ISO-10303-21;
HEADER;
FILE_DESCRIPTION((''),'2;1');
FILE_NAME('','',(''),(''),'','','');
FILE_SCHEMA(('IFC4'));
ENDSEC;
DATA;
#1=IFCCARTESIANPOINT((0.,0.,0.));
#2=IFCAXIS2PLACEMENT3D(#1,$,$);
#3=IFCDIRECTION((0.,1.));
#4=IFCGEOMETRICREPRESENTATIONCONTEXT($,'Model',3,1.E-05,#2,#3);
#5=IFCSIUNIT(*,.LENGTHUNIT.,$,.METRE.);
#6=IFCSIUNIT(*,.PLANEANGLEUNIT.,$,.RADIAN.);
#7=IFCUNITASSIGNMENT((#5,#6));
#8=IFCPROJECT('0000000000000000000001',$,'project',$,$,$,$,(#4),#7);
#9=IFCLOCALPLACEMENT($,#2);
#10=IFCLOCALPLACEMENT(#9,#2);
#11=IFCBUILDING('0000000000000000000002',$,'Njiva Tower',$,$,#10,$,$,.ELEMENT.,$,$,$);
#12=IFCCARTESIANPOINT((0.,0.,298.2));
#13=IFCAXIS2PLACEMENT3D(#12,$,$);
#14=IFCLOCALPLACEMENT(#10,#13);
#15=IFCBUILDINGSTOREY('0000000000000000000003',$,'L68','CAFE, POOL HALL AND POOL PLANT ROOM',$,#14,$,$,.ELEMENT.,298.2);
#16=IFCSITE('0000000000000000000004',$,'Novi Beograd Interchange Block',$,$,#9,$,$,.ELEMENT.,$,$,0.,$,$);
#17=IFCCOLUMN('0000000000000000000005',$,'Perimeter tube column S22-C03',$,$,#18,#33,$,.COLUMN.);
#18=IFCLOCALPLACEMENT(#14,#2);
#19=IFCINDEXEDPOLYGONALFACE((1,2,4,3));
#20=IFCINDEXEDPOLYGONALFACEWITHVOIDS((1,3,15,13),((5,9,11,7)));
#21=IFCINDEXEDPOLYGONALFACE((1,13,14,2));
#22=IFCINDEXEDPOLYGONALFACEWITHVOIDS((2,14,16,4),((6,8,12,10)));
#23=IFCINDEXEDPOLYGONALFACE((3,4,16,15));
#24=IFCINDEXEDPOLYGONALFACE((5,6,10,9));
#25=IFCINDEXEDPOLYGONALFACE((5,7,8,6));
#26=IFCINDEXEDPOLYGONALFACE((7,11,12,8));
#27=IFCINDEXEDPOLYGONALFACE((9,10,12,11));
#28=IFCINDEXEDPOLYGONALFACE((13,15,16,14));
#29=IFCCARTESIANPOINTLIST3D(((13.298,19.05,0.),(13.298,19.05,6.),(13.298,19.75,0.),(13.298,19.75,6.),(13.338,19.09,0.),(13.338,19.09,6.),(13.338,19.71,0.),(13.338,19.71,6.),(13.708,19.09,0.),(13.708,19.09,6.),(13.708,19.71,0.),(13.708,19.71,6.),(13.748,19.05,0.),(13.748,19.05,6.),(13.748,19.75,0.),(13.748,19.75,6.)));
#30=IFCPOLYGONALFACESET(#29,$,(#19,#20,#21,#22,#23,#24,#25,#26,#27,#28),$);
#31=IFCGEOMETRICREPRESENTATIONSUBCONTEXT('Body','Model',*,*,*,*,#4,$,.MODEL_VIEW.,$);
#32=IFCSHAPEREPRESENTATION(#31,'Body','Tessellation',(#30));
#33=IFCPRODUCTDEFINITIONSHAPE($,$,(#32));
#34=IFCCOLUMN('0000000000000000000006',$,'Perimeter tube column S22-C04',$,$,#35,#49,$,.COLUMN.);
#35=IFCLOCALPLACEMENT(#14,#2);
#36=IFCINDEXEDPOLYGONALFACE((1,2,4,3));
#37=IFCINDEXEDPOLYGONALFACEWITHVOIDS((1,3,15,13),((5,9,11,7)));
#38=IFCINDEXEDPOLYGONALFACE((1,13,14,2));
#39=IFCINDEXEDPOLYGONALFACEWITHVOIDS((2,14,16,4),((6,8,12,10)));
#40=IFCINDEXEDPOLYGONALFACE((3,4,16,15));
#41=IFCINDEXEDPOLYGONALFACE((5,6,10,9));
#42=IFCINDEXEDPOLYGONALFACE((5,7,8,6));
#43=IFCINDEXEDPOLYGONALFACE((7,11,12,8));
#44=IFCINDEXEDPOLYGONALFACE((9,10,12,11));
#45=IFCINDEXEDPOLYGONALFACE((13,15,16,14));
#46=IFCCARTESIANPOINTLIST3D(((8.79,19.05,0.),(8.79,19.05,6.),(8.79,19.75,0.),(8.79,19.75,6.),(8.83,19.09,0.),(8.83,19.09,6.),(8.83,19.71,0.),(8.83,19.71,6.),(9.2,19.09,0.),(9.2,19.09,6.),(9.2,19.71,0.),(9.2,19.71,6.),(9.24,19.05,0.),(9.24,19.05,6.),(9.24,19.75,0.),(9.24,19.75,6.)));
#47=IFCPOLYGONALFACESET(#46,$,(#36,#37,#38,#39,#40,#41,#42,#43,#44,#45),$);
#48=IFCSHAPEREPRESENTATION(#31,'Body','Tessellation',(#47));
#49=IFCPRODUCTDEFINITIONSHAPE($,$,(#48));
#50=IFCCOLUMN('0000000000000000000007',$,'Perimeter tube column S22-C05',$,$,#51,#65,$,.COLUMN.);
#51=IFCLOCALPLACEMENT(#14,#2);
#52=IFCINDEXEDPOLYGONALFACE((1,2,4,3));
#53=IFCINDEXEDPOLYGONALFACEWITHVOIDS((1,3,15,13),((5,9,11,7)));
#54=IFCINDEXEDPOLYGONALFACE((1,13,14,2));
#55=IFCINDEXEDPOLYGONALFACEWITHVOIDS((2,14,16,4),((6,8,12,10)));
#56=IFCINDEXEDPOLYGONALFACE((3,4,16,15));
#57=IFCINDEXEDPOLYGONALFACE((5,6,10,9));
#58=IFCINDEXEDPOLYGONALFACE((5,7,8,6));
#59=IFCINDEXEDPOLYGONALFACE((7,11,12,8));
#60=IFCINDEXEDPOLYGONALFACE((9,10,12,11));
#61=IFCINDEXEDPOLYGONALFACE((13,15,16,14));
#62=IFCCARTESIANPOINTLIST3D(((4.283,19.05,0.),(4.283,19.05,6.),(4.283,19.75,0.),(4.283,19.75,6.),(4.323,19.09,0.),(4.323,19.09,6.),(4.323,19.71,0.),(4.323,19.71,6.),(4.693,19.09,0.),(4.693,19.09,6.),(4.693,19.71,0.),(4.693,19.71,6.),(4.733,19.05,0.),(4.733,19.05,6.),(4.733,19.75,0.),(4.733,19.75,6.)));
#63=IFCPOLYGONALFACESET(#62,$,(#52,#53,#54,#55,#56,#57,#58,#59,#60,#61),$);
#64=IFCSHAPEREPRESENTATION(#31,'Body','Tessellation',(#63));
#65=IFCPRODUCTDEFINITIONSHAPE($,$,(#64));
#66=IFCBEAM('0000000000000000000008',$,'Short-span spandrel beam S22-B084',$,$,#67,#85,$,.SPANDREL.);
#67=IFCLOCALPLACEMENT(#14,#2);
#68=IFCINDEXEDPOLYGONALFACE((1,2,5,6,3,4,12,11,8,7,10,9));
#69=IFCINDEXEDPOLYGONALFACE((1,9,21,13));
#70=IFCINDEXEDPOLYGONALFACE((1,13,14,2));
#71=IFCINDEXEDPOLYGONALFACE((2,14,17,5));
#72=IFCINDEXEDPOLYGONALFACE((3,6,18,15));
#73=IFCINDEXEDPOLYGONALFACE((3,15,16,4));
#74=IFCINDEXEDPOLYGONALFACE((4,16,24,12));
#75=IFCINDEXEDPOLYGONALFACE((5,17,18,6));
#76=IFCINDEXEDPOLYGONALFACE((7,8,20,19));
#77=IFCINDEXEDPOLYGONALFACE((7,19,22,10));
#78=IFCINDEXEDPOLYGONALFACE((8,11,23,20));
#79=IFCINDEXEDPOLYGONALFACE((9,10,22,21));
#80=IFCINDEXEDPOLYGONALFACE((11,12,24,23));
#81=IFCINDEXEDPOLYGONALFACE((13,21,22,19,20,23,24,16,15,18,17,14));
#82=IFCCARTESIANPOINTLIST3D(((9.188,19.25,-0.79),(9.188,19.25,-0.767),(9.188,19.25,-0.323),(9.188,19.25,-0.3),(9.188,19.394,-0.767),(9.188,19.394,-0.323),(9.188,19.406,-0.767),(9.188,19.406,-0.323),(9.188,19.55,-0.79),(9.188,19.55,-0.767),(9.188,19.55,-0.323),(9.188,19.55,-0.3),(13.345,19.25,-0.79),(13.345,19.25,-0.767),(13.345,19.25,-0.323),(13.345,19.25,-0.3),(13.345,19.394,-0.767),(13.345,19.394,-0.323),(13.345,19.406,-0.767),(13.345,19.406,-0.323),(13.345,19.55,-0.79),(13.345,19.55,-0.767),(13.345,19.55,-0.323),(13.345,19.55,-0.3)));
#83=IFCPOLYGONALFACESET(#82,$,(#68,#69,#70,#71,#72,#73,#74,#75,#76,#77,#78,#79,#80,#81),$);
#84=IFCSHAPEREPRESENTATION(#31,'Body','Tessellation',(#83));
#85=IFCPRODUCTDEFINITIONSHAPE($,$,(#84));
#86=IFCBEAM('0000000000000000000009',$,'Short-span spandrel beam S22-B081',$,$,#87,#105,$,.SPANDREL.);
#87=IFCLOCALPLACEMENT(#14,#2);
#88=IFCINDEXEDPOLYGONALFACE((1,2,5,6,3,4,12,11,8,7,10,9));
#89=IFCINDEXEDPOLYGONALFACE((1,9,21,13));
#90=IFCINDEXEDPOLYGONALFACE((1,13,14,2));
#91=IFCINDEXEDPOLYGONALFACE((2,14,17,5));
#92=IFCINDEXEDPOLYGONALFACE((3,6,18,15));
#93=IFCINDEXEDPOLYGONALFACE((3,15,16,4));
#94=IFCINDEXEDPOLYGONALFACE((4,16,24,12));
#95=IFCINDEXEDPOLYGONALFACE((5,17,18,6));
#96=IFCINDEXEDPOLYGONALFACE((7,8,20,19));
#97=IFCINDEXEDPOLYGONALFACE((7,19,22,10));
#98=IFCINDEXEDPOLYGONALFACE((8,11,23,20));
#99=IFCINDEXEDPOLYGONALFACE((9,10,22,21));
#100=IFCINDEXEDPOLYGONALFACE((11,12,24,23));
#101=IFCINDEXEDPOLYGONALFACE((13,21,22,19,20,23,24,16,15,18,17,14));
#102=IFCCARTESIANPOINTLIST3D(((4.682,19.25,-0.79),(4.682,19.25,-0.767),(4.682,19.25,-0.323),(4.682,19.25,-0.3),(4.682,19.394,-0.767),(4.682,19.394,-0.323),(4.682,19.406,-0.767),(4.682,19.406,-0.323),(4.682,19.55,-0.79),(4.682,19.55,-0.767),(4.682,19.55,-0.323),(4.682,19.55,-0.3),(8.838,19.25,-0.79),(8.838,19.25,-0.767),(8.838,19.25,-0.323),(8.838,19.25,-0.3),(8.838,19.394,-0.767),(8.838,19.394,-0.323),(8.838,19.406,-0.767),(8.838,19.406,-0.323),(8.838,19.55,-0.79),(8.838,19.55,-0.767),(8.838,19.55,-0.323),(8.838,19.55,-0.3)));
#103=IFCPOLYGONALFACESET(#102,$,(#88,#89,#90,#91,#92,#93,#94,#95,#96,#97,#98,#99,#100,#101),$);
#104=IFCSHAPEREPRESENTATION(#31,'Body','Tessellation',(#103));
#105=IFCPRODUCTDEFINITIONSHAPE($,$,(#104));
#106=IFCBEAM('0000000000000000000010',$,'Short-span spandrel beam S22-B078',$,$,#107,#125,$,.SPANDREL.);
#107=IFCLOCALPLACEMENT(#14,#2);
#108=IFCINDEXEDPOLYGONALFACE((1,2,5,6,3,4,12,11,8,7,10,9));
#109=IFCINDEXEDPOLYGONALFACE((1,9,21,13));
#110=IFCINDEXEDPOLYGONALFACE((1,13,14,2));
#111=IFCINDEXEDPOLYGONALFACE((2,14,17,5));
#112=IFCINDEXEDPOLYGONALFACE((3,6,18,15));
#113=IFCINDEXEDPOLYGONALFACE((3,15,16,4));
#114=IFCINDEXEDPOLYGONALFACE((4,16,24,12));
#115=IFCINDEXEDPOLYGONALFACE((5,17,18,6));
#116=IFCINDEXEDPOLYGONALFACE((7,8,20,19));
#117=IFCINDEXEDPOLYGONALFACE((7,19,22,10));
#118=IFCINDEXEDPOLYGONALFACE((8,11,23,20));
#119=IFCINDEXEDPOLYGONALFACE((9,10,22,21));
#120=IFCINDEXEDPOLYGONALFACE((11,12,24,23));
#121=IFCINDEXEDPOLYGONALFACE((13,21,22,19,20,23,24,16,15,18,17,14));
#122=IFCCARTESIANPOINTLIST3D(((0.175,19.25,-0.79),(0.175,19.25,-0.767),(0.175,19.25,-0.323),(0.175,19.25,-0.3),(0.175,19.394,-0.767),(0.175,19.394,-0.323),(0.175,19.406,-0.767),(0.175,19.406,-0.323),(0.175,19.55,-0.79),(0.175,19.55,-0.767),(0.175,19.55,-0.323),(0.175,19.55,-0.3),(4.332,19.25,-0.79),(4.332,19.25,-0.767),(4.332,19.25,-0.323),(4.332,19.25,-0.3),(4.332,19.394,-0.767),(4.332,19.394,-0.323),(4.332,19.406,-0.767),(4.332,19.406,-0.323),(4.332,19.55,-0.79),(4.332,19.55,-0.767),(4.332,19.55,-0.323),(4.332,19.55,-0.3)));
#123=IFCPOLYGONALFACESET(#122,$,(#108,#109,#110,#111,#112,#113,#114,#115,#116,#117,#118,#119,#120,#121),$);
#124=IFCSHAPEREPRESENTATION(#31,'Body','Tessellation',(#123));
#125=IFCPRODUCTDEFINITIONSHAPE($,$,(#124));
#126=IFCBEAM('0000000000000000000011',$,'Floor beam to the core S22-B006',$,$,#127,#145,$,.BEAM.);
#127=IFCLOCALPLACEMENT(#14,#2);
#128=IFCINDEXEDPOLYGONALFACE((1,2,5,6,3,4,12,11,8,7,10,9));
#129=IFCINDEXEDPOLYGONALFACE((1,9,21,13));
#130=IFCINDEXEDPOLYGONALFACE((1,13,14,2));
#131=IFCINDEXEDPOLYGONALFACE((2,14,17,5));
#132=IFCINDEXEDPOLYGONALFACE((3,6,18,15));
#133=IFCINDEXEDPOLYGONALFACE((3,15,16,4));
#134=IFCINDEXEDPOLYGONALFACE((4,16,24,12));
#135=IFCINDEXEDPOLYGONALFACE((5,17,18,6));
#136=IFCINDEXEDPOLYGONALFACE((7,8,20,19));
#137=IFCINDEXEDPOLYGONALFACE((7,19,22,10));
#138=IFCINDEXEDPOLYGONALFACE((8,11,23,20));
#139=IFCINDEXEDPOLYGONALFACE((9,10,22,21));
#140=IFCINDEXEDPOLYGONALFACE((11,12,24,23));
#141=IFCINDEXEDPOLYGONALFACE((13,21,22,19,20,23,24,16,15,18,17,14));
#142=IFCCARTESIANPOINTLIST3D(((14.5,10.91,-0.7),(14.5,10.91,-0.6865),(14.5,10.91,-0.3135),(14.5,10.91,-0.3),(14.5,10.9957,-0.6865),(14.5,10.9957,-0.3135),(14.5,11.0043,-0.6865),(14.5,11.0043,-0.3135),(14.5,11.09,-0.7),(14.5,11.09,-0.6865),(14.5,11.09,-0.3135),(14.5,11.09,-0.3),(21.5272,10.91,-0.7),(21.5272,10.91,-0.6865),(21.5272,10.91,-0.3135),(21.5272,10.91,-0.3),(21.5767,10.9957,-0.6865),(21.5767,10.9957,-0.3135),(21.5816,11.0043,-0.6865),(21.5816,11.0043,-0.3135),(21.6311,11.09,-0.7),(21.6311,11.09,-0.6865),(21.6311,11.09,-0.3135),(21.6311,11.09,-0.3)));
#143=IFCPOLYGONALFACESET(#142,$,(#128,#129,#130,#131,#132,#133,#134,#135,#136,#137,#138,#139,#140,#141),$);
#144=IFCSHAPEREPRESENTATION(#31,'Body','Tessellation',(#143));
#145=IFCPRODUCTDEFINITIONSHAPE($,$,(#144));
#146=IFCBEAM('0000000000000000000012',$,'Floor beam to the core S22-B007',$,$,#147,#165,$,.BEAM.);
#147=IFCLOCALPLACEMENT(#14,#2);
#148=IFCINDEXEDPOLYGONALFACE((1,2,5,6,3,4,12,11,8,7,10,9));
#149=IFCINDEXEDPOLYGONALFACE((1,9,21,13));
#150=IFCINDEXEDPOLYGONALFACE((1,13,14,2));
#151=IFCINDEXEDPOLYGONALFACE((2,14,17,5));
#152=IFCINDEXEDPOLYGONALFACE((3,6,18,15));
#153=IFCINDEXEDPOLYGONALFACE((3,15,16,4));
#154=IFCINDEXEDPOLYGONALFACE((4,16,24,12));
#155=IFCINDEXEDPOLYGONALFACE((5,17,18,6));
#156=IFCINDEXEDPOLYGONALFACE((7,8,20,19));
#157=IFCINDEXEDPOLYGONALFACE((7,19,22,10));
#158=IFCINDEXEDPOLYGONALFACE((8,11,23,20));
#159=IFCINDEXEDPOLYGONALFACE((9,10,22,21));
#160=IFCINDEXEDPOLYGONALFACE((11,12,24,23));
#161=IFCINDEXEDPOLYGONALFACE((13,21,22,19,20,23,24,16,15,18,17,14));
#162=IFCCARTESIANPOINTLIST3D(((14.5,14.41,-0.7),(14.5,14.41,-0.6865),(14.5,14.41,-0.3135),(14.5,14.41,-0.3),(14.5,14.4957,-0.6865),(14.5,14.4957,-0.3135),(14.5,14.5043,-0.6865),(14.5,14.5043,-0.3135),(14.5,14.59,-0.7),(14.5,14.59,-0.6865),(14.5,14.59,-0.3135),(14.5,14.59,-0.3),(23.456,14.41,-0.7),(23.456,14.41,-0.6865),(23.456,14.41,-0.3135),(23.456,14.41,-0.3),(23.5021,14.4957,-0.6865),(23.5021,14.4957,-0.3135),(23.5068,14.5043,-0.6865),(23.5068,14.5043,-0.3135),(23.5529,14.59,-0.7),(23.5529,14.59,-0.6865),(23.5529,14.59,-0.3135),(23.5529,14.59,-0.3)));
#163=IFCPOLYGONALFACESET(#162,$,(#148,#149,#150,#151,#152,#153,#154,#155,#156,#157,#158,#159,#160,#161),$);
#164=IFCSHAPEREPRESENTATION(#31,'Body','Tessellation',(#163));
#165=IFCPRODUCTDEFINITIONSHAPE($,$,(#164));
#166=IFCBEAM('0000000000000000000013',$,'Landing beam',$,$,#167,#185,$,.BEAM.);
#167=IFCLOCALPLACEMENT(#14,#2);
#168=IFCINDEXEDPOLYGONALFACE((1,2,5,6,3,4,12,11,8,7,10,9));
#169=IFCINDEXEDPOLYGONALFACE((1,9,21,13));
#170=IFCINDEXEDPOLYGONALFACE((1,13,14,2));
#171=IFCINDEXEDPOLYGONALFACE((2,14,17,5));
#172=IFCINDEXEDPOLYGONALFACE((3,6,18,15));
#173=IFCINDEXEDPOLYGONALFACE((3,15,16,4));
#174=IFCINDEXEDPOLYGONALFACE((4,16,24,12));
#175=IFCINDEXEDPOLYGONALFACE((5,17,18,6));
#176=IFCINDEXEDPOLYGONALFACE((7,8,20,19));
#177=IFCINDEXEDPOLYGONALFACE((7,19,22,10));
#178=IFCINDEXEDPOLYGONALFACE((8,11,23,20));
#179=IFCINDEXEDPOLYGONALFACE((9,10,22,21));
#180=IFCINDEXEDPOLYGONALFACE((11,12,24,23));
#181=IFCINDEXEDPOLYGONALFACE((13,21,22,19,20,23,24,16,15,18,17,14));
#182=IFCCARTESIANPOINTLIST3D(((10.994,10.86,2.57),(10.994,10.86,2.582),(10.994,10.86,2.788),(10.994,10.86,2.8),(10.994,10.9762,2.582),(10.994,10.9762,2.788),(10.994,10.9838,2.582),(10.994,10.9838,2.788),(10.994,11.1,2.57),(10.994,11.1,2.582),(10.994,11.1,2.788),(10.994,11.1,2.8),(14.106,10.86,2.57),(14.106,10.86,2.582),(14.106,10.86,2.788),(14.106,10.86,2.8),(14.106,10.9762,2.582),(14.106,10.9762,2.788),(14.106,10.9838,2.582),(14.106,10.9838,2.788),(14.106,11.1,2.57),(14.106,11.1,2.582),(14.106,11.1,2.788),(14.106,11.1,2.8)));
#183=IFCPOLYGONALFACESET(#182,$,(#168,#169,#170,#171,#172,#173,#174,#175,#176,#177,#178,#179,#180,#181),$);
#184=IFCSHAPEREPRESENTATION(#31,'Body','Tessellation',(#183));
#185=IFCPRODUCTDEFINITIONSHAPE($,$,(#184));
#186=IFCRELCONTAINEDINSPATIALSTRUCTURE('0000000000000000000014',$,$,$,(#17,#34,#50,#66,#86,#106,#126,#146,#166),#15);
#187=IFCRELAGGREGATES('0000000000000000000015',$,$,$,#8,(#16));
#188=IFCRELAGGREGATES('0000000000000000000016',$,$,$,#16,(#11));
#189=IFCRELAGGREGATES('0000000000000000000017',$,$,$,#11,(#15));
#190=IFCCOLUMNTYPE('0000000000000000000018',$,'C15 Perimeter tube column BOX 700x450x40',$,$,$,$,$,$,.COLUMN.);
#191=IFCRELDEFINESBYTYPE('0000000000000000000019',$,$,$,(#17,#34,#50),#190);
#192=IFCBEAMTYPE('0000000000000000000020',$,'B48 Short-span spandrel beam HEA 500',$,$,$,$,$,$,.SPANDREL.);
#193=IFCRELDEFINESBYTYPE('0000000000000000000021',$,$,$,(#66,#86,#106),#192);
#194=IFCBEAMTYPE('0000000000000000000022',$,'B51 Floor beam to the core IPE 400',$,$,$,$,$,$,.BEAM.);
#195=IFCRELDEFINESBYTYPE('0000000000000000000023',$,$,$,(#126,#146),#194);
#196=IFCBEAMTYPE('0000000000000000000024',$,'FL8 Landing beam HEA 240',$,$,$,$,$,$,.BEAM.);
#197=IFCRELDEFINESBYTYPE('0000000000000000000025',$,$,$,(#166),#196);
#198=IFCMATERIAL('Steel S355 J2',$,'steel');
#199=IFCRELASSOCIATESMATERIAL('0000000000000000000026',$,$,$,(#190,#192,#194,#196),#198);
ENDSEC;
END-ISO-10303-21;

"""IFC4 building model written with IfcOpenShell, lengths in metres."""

from ifc_helpers import new_model, si_unit, direction, frame, origin, origin_2d, place, context, subcontext, project, spatial, hollow_rectangle, i_section, extrude, clip, halfspace, material, material_profile, profile_set, type_object, element, save


model = new_model("IFC4")

# Units and contexts
model_context = context("Model", 3, precision=1e-05, world=origin(), true_north=direction((0.0, 1.0)))
body_context = subcontext(model_context, "Body", "Model", "MODEL_VIEW")
ifc_project = project(units=[si_unit("LENGTHUNIT", "METRE"), si_unit("PLANEANGLEUNIT", "RADIAN")], contexts=[model_context])

# Site, building, storey
site_placement = place(None, origin())
site = spatial("IfcSite", under=ifc_project, at=site_placement, Name="Novi Beograd Interchange Block", CompositionType="ELEMENT", RefElevation=0.0)
building_placement = place(site_placement, origin())
building = spatial("IfcBuilding", under=site, at=building_placement, Name="Njiva Tower", CompositionType="ELEMENT")
storey_placement = place(building_placement, frame((0.0, 0.0, 298.2)))
storey = spatial("IfcBuildingStorey", under=building, at=storey_placement, Name="L68", Description="CAFE, POOL HALL AND POOL PLANT ROOM", CompositionType="ELEMENT", Elevation=298.2)

# Columns
ifc_material_1 = material(Name="Steel S355 J2", Category="steel")
ifc_material_profile_1 = material_profile(ifc_material_1, hollow_rectangle(XDim=0.45, YDim=0.7, WallThickness=0.04, at=origin_2d()), Name="BOX 700x450x40")
ifc_profile_set_1 = profile_set([ifc_material_profile_1], Name="Steel S355 J2")
column_type = type_object("IfcColumnType", Name="C15 Perimeter tube column BOX 700x450x40", PredefinedType="COLUMN", material=ifc_profile_set_1)
for number, where, z_axis, x_axis, name in (
    (1, (13.523, 19.4, 0.0), (0.0, 0.0, 1.0), (-1.0, 0.0, 0.0), "Perimeter tube column S22-C03"),
    (2, (9.015, 19.4, 0.0), (0.0, 0.0, 1.0), (-1.0, 0.0, 0.0), "Perimeter tube column S22-C04"),
    (3, (4.508, 19.4, 0.0), (0.0, 0.0, 1.0), (-1.0, 0.0, 0.0), "Perimeter tube column S22-C05"),
):
    element("IfcColumn", number, at=place(storey_placement, frame(where, z_axis=z_axis, x_axis=x_axis)), inside=storey, type_object=column_type, Name=name, PredefinedType="COLUMN", context=body_context, shape_type="SweptSolid", body=[
        extrude(hollow_rectangle(XDim=0.45, YDim=0.7, WallThickness=0.04, at=origin_2d()), origin(), (0.0, 0.0, 1.0), 6.0),
    ])

# Beams
ifc_material_profile_2 = material_profile(ifc_material_1, i_section(OverallWidth=0.3, OverallDepth=0.49, WebThickness=0.012, FlangeThickness=0.023, at=origin_2d()), Name="HEA 500")
ifc_profile_set_2 = profile_set([ifc_material_profile_2], Name="Steel S355 J2")
beam_type_1 = type_object("IfcBeamType", Name="B48 Short-span spandrel beam HEA 500", PredefinedType="SPANDREL", material=ifc_profile_set_2)
beam_1_placement = place(storey_placement, frame((13.345, 19.4, -0.545), z_axis=(-1.0, 0.0, 0.0), x_axis=(0.0, -1.0, 0.0)))
element("IfcBeam", 4, at=beam_1_placement, inside=storey, type_object=beam_type_1, Name="Short-span spandrel beam S22-B084", PredefinedType="SPANDREL", context=body_context, shape_type="SweptSolid", body=[
    extrude(i_section(OverallWidth=0.3, OverallDepth=0.49, WebThickness=0.012, FlangeThickness=0.023, at=origin_2d()), origin(), (0.0, 0.0, 1.0), 4.157),
])
beam_2_placement = place(storey_placement, frame((8.838, 19.4, -0.545), z_axis=(-1.0, 0.0, 0.0), x_axis=(0.0, -1.0, 0.0)))
element("IfcBeam", 5, at=beam_2_placement, inside=storey, type_object=beam_type_1, Name="Short-span spandrel beam S22-B081", PredefinedType="SPANDREL", context=body_context, shape_type="SweptSolid", body=[
    extrude(i_section(OverallWidth=0.3, OverallDepth=0.49, WebThickness=0.012, FlangeThickness=0.023, at=origin_2d()), origin(), (0.0, 0.0, 1.0), 4.156),
])
beam_3_placement = place(storey_placement, frame((4.332, 19.4, -0.545), z_axis=(-1.0, 0.0, 0.0), x_axis=(0.0, -1.0, 0.0)))
element("IfcBeam", 6, at=beam_3_placement, inside=storey, type_object=beam_type_1, Name="Short-span spandrel beam S22-B078", PredefinedType="SPANDREL", context=body_context, shape_type="SweptSolid", body=[
    extrude(i_section(OverallWidth=0.3, OverallDepth=0.49, WebThickness=0.012, FlangeThickness=0.023, at=origin_2d()), origin(), (0.0, 0.0, 1.0), 4.157),
])
ifc_material_profile_3 = material_profile(ifc_material_1, i_section(OverallWidth=0.18, OverallDepth=0.4, WebThickness=0.0086, FlangeThickness=0.0135, at=origin_2d()), Name="IPE 400")
ifc_profile_set_3 = profile_set([ifc_material_profile_3], Name="Steel S355 J2")
beam_type_2 = type_object("IfcBeamType", Name="B51 Floor beam to the core IPE 400", PredefinedType="BEAM", material=ifc_profile_set_3)
beam_4_placement = place(storey_placement, frame((14.5, 11.0, -0.5), z_axis=(1.0, 0.0, 0.0), x_axis=(0.0, 1.0, 0.0)))
element("IfcBeam", 7, at=beam_4_placement, inside=storey, type_object=beam_type_2, Name="Floor beam to the core S22-B006", PredefinedType="BEAM", context=body_context, shape_type="Clipping", body=[
    clip(extrude(i_section(OverallWidth=0.18, OverallDepth=0.4, WebThickness=0.0086, FlangeThickness=0.0135, at=origin_2d()), origin(), (0.0, 0.0, 1.0), 7.151), halfspace(frame((-0.025, 0.0, 7.0647), z_axis=(-0.499998, 0.0, 0.866027), x_axis=(0.0, 1.0, 0.0)), False)),
])
beam_5_placement = place(storey_placement, frame((14.5, 14.5, -0.5), z_axis=(1.0, 0.0, 0.0), x_axis=(0.0, 1.0, 0.0)))
element("IfcBeam", 8, at=beam_5_placement, inside=storey, type_object=beam_type_2, Name="Floor beam to the core S22-B007", PredefinedType="BEAM", context=body_context, shape_type="Clipping", body=[
    clip(extrude(i_section(OverallWidth=0.18, OverallDepth=0.4, WebThickness=0.0086, FlangeThickness=0.0135, at=origin_2d()), origin(), (0.0, 0.0, 1.0), 9.072), halfspace(frame((-0.0237, 0.0, 8.9917), z_axis=(-0.473769, 0.0, 0.880649), x_axis=(0.0, 1.0, 0.0)), False)),
])
ifc_material_profile_4 = material_profile(ifc_material_1, i_section(OverallWidth=0.24, OverallDepth=0.23, WebThickness=0.0075, FlangeThickness=0.012, at=origin_2d()), Name="HEA240")
ifc_profile_set_4 = profile_set([ifc_material_profile_4], Name="Steel S355 J2")
beam_type_3 = type_object("IfcBeamType", Name="FL8 Landing beam HEA 240", PredefinedType="BEAM", material=ifc_profile_set_4)
beam_6_placement = place(storey_placement, frame((10.994, 10.98, 2.685), z_axis=(1.0, 0.0, 0.0), x_axis=(0.0, 1.0, 0.0)))
element("IfcBeam", 9, at=beam_6_placement, inside=storey, type_object=beam_type_3, Name="Landing beam", PredefinedType="BEAM", context=body_context, shape_type="SweptSolid", body=[
    extrude(i_section(OverallWidth=0.24, OverallDepth=0.23, WebThickness=0.0075, FlangeThickness=0.012, at=origin_2d()), origin(), (0.0, 0.0, 1.0), 3.112),
])

save(model, "model.ifc")
